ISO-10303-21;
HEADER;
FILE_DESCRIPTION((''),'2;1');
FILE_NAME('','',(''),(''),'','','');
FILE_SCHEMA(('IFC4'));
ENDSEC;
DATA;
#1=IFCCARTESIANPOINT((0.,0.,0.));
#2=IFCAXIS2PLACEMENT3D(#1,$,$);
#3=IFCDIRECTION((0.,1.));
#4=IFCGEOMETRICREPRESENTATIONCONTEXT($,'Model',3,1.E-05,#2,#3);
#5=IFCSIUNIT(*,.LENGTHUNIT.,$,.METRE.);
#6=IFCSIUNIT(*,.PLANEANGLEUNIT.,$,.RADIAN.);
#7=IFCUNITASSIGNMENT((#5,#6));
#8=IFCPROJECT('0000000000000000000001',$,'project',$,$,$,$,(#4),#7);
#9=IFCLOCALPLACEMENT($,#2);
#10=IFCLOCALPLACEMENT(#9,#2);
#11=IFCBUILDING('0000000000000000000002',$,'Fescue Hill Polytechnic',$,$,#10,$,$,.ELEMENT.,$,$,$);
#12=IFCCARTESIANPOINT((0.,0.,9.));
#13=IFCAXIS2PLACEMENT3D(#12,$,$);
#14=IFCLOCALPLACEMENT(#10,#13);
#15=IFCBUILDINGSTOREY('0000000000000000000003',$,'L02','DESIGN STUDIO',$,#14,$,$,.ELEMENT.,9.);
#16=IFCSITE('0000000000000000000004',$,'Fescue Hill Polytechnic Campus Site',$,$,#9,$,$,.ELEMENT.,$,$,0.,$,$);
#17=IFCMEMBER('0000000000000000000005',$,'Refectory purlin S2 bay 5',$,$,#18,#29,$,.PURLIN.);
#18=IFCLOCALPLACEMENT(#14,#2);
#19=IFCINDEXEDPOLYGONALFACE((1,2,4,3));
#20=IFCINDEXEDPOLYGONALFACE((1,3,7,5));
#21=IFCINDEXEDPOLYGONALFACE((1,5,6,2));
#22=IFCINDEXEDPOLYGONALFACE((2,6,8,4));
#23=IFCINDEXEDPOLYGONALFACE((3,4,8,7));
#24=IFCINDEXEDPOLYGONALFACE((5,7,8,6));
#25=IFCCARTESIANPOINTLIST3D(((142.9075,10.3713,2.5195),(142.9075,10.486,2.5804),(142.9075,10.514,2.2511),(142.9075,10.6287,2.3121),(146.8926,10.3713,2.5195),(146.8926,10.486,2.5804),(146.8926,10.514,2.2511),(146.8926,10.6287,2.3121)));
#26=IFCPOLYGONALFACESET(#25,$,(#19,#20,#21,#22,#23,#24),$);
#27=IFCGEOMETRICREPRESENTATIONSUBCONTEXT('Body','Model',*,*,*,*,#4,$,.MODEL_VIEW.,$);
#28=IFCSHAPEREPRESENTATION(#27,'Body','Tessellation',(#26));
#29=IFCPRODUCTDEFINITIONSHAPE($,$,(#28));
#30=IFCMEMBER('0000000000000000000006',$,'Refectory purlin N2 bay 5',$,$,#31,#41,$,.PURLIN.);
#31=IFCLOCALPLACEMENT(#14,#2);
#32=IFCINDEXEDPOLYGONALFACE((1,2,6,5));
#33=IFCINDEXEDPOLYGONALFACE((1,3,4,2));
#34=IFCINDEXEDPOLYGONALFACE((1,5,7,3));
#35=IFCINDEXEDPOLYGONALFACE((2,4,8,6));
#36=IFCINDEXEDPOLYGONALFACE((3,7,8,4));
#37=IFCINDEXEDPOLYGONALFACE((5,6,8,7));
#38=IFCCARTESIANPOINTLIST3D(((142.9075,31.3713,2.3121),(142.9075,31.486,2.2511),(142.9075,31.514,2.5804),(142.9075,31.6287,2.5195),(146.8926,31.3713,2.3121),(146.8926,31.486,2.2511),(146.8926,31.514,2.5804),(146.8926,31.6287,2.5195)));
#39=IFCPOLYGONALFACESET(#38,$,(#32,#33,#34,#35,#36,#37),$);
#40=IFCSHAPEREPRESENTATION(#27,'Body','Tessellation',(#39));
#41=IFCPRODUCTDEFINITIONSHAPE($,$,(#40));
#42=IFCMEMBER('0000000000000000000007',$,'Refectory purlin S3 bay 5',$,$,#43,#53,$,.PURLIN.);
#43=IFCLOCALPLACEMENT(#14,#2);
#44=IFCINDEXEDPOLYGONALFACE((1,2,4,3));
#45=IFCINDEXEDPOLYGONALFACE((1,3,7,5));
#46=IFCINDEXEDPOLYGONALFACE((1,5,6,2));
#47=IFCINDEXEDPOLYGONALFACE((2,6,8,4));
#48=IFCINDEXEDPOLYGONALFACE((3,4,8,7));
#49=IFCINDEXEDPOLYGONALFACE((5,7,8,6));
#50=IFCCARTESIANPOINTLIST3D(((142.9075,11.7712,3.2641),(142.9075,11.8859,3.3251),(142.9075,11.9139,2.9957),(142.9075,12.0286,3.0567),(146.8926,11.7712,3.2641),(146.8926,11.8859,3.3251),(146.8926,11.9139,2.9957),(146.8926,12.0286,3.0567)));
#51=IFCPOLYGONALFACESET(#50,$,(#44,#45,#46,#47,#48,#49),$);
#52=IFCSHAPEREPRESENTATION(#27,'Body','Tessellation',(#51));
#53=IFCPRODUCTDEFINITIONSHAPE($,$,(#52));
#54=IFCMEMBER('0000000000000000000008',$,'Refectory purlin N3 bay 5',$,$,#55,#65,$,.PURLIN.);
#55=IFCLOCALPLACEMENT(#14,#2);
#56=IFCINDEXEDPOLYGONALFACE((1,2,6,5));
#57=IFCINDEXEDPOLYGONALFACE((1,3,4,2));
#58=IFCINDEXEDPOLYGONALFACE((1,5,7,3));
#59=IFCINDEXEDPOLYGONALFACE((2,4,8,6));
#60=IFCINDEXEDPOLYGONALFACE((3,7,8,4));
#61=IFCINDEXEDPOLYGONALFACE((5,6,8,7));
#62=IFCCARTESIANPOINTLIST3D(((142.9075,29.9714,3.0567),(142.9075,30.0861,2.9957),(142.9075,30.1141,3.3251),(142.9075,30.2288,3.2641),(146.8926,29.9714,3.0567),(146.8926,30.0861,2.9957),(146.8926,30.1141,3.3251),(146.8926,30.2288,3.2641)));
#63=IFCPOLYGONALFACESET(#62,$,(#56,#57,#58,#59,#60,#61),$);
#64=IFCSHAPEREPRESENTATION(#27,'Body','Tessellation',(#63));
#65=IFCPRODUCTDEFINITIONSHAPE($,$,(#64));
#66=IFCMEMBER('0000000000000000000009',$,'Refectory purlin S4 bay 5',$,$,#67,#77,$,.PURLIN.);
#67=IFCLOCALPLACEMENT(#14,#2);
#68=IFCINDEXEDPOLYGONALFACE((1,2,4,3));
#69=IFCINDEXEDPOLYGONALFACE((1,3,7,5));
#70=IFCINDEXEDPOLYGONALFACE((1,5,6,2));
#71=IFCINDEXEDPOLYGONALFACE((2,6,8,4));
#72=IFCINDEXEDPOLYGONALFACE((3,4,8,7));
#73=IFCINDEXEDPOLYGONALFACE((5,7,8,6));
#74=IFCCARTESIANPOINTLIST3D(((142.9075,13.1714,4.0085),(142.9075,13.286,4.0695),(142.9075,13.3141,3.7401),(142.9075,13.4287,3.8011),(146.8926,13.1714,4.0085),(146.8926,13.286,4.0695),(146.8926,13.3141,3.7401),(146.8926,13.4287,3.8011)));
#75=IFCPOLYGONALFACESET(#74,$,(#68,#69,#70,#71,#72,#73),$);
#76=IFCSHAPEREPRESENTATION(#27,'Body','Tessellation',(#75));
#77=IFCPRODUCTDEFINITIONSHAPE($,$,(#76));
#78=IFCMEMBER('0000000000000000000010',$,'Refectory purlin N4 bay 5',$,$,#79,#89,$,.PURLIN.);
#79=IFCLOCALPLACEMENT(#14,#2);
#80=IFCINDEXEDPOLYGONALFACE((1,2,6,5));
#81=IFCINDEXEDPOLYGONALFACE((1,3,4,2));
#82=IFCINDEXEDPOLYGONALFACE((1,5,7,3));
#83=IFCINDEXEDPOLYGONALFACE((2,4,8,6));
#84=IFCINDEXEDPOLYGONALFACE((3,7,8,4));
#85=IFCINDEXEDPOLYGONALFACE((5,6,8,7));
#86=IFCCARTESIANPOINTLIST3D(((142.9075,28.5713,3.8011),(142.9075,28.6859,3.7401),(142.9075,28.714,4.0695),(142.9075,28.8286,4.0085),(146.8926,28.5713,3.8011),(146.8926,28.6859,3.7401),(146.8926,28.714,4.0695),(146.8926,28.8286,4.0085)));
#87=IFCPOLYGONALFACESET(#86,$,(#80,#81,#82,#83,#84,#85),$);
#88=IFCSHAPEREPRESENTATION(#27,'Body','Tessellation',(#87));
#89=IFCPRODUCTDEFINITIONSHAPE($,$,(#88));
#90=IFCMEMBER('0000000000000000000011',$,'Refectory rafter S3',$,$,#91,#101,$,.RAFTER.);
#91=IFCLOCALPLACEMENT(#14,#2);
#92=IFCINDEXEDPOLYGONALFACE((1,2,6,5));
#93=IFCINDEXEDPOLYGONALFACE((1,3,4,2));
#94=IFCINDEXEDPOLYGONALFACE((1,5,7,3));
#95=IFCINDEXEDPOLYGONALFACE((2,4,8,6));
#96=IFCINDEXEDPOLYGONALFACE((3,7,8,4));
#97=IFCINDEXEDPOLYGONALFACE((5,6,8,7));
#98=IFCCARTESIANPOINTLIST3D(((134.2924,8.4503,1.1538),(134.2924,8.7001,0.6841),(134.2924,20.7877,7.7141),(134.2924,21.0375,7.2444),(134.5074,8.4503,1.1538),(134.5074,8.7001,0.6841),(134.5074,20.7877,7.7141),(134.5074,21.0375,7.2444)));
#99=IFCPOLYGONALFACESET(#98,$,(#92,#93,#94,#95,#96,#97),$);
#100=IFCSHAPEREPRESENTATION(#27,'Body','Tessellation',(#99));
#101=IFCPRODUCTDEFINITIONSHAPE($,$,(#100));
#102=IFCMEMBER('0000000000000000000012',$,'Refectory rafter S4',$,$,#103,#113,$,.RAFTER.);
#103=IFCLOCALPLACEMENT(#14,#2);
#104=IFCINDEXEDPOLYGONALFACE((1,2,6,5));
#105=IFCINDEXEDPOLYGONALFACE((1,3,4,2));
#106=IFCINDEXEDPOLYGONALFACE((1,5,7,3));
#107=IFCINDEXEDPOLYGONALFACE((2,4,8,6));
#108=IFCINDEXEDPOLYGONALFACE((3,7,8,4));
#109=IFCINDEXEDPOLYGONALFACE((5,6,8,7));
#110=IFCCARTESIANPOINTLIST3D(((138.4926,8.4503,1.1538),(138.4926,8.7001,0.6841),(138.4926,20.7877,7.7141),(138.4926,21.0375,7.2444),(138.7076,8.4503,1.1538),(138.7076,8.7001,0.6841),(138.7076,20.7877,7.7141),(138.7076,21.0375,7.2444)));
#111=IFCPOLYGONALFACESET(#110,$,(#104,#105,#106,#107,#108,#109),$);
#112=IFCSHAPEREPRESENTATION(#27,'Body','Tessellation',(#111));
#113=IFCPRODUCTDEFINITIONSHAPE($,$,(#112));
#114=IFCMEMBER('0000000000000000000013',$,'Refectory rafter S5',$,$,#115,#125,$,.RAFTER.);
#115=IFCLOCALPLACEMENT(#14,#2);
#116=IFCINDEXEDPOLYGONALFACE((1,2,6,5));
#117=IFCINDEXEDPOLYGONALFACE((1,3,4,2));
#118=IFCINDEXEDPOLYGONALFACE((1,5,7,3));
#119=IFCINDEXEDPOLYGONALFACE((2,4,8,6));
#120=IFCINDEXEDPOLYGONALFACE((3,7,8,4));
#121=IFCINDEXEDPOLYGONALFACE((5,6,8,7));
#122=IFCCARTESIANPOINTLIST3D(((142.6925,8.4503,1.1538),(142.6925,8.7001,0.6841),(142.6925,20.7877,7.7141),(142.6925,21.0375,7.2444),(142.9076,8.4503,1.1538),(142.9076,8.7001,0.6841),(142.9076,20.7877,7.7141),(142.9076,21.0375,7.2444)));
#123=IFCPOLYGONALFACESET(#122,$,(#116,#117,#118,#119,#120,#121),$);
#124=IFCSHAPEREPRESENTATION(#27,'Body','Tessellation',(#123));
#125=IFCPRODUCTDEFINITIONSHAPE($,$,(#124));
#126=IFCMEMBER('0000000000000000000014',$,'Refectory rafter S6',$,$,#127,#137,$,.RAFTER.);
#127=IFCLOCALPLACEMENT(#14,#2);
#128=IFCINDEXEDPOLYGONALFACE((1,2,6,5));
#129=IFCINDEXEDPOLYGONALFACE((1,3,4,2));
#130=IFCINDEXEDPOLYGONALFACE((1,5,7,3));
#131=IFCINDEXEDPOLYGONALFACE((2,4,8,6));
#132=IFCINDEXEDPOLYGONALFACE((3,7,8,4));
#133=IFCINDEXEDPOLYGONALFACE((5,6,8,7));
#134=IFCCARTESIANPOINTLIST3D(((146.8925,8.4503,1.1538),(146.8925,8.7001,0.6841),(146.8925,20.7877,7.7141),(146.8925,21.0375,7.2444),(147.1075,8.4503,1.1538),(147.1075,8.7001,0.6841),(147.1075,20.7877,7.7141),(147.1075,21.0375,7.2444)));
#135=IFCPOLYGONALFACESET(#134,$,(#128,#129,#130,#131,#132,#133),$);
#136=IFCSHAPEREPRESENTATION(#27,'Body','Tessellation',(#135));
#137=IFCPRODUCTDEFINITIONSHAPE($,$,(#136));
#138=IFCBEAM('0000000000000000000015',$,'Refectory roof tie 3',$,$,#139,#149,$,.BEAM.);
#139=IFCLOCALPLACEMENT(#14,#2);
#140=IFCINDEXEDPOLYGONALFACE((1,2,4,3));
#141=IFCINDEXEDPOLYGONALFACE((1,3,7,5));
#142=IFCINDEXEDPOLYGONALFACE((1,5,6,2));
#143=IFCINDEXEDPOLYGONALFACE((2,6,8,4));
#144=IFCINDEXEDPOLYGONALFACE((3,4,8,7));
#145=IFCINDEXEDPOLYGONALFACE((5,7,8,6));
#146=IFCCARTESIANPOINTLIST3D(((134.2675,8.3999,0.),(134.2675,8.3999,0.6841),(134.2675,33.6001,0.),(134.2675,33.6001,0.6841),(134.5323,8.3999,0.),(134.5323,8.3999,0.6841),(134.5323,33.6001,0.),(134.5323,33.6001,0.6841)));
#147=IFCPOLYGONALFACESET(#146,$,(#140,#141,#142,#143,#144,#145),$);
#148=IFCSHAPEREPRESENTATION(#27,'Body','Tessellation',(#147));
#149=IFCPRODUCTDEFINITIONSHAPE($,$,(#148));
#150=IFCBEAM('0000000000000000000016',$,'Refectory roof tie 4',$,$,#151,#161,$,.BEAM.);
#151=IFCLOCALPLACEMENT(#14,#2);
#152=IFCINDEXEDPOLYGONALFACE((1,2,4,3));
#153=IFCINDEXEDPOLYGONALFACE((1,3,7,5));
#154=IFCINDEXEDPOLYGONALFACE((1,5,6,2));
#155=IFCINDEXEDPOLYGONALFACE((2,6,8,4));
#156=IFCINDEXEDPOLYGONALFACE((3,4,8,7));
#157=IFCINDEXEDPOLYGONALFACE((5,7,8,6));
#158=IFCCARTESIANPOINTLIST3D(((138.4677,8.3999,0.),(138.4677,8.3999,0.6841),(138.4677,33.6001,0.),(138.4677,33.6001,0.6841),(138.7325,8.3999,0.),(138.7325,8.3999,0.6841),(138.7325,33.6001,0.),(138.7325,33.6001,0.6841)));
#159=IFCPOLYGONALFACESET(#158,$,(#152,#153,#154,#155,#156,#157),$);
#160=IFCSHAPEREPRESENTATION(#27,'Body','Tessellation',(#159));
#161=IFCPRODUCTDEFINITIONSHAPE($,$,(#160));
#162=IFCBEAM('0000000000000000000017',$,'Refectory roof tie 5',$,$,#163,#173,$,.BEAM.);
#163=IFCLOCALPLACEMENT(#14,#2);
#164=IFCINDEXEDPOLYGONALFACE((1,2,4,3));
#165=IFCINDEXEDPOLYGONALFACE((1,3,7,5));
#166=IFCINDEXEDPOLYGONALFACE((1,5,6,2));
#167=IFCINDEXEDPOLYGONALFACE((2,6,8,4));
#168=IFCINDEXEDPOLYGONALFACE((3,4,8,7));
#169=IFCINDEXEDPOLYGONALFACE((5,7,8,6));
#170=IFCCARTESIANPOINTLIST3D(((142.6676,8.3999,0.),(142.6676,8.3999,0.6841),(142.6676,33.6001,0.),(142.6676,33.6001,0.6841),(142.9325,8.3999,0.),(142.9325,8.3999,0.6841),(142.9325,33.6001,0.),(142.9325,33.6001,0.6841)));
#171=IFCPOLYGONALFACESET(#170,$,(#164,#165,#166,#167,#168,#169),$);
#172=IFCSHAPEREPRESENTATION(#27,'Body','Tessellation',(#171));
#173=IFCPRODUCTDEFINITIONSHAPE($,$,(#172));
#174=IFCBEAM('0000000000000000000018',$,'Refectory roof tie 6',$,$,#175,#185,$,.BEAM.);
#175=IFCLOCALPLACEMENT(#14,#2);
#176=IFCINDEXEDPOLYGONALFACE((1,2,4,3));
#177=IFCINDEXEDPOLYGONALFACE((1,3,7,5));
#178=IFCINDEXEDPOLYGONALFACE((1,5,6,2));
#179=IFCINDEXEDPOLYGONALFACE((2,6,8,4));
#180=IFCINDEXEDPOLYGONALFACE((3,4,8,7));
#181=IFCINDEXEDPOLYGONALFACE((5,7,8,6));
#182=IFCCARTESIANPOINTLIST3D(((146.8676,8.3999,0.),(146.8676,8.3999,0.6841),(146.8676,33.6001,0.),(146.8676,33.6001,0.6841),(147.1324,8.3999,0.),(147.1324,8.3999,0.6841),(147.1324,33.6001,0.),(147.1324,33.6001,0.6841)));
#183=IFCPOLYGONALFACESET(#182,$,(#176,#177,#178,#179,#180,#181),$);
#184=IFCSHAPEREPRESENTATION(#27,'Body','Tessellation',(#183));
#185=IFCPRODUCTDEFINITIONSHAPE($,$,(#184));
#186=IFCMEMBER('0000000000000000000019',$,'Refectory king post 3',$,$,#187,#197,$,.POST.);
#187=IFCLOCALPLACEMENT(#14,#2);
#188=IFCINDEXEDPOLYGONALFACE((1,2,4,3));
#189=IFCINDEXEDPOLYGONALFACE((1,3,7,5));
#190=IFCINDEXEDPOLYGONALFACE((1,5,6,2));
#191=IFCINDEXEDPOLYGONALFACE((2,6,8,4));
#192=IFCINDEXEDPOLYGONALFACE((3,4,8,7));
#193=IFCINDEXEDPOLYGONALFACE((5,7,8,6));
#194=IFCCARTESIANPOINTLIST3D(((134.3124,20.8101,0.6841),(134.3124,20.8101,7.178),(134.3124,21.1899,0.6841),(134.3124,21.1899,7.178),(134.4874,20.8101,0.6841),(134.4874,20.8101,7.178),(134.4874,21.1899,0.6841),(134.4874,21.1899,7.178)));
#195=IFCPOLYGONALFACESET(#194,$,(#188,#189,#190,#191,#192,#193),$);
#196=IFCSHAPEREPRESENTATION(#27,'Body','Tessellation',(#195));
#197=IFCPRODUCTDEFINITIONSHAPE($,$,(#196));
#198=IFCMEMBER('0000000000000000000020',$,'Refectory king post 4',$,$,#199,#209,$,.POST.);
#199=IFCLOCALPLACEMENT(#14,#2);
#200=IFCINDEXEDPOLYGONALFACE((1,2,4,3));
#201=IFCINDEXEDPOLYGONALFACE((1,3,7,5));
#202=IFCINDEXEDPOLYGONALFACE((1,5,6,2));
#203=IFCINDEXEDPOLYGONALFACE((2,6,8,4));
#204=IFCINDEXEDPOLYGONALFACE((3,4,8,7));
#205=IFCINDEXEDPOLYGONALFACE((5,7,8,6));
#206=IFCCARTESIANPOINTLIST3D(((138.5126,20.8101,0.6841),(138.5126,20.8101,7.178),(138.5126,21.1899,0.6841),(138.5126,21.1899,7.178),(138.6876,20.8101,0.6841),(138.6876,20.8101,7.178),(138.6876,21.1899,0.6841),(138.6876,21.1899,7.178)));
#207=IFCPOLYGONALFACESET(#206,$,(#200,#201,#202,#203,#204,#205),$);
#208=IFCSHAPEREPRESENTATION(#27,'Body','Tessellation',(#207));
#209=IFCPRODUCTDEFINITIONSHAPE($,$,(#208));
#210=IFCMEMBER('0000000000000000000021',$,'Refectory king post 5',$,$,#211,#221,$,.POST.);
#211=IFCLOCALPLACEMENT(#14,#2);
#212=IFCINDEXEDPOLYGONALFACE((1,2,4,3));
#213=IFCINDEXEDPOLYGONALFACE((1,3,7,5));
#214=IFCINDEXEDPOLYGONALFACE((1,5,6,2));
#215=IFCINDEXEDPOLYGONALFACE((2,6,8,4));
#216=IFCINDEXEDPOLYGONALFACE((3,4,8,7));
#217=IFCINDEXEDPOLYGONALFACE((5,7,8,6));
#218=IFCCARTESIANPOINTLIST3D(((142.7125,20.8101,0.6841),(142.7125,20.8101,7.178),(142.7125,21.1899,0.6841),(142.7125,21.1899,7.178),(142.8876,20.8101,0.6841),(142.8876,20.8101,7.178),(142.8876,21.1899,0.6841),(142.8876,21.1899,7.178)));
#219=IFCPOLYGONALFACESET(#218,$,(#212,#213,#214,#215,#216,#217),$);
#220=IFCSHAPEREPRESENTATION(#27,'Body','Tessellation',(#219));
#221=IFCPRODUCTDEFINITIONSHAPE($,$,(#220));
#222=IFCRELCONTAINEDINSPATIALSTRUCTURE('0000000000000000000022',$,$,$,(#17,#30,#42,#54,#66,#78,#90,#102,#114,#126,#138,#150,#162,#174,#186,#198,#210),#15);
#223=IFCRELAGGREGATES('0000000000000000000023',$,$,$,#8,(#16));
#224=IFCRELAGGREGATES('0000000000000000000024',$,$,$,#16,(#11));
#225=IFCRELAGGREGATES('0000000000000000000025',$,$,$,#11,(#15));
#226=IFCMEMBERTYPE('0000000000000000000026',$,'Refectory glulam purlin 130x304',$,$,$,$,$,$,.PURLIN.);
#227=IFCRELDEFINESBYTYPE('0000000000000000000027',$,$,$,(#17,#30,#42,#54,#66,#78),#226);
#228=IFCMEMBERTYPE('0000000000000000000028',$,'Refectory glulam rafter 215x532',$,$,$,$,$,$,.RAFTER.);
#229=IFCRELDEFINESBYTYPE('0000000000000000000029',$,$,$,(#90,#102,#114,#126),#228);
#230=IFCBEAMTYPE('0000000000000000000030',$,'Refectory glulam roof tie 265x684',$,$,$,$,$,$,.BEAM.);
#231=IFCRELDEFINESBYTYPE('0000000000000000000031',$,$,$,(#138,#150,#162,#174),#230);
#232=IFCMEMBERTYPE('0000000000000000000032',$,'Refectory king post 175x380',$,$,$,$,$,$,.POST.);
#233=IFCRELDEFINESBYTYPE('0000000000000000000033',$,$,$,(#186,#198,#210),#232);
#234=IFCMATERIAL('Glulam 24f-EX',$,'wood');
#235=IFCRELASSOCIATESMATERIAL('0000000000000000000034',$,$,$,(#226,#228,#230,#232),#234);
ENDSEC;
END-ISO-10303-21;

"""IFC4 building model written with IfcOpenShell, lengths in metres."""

from ifc_helpers import new_model, si_unit, direction, frame, origin, origin_2d, place, context, subcontext, project, spatial, rectangle, extrude, material, material_profile, profile_set, type_object, element, save


model = new_model("IFC4")

# Units and contexts
model_context = context("Model", 3, precision=1e-05, world=origin(), true_north=direction((0.0, 1.0)))
body_context = subcontext(model_context, "Body", "Model", "MODEL_VIEW")
ifc_project = project(units=[si_unit("LENGTHUNIT", "METRE"), si_unit("PLANEANGLEUNIT", "RADIAN")], contexts=[model_context])

# Site, building, storey
site_placement = place(None, origin())
site = spatial("IfcSite", under=ifc_project, at=site_placement, Name="Fescue Hill Polytechnic Campus Site", CompositionType="ELEMENT", RefElevation=0.0)
building_placement = place(site_placement, origin())
building = spatial("IfcBuilding", under=site, at=building_placement, Name="Fescue Hill Polytechnic", CompositionType="ELEMENT")
storey_placement = place(building_placement, frame((0.0, 0.0, 9.0)))
storey = spatial("IfcBuildingStorey", under=building, at=storey_placement, Name="L02", Description="DESIGN STUDIO", CompositionType="ELEMENT", Elevation=9.0)

# Members
ifc_material_1 = material(Name="Glulam 24f-EX", Category="wood")
ifc_material_profile_1 = material_profile(ifc_material_1, rectangle(XDim=0.1299, YDim=0.304, at=origin_2d()), Name="Refectory glulam purlin 130x304")
ifc_profile_set_1 = profile_set([ifc_material_profile_1], Name="Glulam 24f-EX")
member_type_1 = type_object("IfcMemberType", Name="Refectory glulam purlin 130x304", PredefinedType="PURLIN", material=ifc_profile_set_1)
for number, where, z_axis, x_axis, name in (
    (1, (142.9075, 10.5, 2.4158), (1.0, 0.0, 0.0), (0.0, 0.882934, 0.469497), "Refectory purlin S2 bay 5"),
    (2, (142.9075, 31.5, 2.4158), (1.0, 0.0, 0.0), (0.0, 0.882934, -0.469497), "Refectory purlin N2 bay 5"),
    (3, (142.9075, 11.8999, 3.1604), (1.0, 0.0, 0.0), (0.0, 0.882934, 0.469497), "Refectory purlin S3 bay 5"),
    (4, (142.9075, 30.1001, 3.1604), (1.0, 0.0, 0.0), (0.0, 0.882934, -0.469497), "Refectory purlin N3 bay 5"),
    (5, (142.9075, 13.3, 3.9048), (1.0, 0.0, 0.0), (0.0, 0.882934, 0.469497), "Refectory purlin S4 bay 5"),
    (6, (142.9075, 28.7, 3.9048), (1.0, 0.0, 0.0), (0.0, 0.882934, -0.469497), "Refectory purlin N4 bay 5"),
):
    element("IfcMember", number, at=place(storey_placement, frame(where, z_axis=z_axis, x_axis=x_axis)), inside=storey, type_object=member_type_1, Name=name, PredefinedType="PURLIN", context=body_context, shape_type="SweptSolid", body=[
        extrude(rectangle(XDim=0.1299, YDim=0.304, at=origin_2d()), origin(), (0.0, 0.0, 1.0), 3.9851),
    ])
ifc_material_profile_2 = material_profile(ifc_material_1, rectangle(XDim=0.2151, YDim=0.532, at=origin_2d()), Name="Refectory glulam rafter 215x532")
ifc_profile_set_2 = profile_set([ifc_material_profile_2], Name="Glulam 24f-EX")
member_type_2 = type_object("IfcMemberType", Name="Refectory glulam rafter 215x532", PredefinedType="RAFTER", material=ifc_profile_set_2)
for number, where, z_axis, x_axis, name in (
    (7, (134.3999, 8.5752, 0.9189), (0.0, 0.882936, 0.469493), (-1.0, 0.0, 0.0), "Refectory rafter S3"),
    (8, (138.6001, 8.5752, 0.9189), (0.0, 0.882936, 0.469493), (-1.0, 0.0, 0.0), "Refectory rafter S4"),
    (9, (142.8, 8.5752, 0.9189), (0.0, 0.882936, 0.469493), (-1.0, 0.0, 0.0), "Refectory rafter S5"),
    (10, (147.0, 8.5752, 0.9189), (0.0, 0.882936, 0.469493), (-1.0, 0.0, 0.0), "Refectory rafter S6"),
):
    element("IfcMember", number, at=place(storey_placement, frame(where, z_axis=z_axis, x_axis=x_axis)), inside=storey, type_object=member_type_2, Name=name, PredefinedType="RAFTER", context=body_context, shape_type="SweptSolid", body=[
        extrude(rectangle(XDim=0.2151, YDim=0.532, at=origin_2d()), origin(), (0.0, 0.0, 1.0), 13.9731),
    ])

# Beams
ifc_material_profile_3 = material_profile(ifc_material_1, rectangle(XDim=0.2649, YDim=0.6841, at=origin_2d()), Name="Refectory glulam roof tie 265x684")
ifc_profile_set_3 = profile_set([ifc_material_profile_3], Name="Glulam 24f-EX")
beam_type_1 = type_object("IfcBeamType", Name="Refectory glulam roof tie 265x684", PredefinedType="BEAM", material=ifc_profile_set_3)
for number, where, z_axis, x_axis, name in (
    (11, (134.3999, 8.3999, 0.342), (0.0, 1.0, 0.0), (-1.0, 0.0, 0.0), "Refectory roof tie 3"),
    (12, (138.6001, 8.3999, 0.342), (0.0, 1.0, 0.0), (-1.0, 0.0, 0.0), "Refectory roof tie 4"),
    (13, (142.8, 8.3999, 0.342), (0.0, 1.0, 0.0), (-1.0, 0.0, 0.0), "Refectory roof tie 5"),
    (14, (147.0, 8.3999, 0.342), (0.0, 1.0, 0.0), (-1.0, 0.0, 0.0), "Refectory roof tie 6"),
):
    element("IfcBeam", number, at=place(storey_placement, frame(where, z_axis=z_axis, x_axis=x_axis)), inside=storey, type_object=beam_type_1, Name=name, PredefinedType="BEAM", context=body_context, shape_type="SweptSolid", body=[
        extrude(rectangle(XDim=0.2649, YDim=0.6841, at=origin_2d()), origin(), (0.0, 0.0, 1.0), 25.2002),
    ])

# Members
ifc_material_profile_4 = material_profile(ifc_material_1, rectangle(XDim=0.175, YDim=0.3799, at=origin_2d()), Name="Refectory king post 175x380")
ifc_profile_set_4 = profile_set([ifc_material_profile_4], Name="Glulam 24f-EX")
member_type_3 = type_object("IfcMemberType", Name="Refectory king post 175x380", PredefinedType="POST", material=ifc_profile_set_4)
for number, where, z_axis, x_axis, name in (
    (15, (134.3999, 21.0, 0.6841), (0.0, 0.0, 1.0), (1.0, 0.0, 0.0), "Refectory king post 3"),
    (16, (138.6001, 21.0, 0.6841), (0.0, 0.0, 1.0), (1.0, 0.0, 0.0), "Refectory king post 4"),
    (17, (142.8, 21.0, 0.6841), (0.0, 0.0, 1.0), (1.0, 0.0, 0.0), "Refectory king post 5"),
):
    element("IfcMember", number, at=place(storey_placement, frame(where, z_axis=z_axis, x_axis=x_axis)), inside=storey, type_object=member_type_3, Name=name, PredefinedType="POST", context=body_context, shape_type="SweptSolid", body=[
        extrude(rectangle(XDim=0.175, YDim=0.3799, at=origin_2d()), origin(), (0.0, 0.0, 1.0), 6.4939),
    ])

save(model, "model.ifc")
